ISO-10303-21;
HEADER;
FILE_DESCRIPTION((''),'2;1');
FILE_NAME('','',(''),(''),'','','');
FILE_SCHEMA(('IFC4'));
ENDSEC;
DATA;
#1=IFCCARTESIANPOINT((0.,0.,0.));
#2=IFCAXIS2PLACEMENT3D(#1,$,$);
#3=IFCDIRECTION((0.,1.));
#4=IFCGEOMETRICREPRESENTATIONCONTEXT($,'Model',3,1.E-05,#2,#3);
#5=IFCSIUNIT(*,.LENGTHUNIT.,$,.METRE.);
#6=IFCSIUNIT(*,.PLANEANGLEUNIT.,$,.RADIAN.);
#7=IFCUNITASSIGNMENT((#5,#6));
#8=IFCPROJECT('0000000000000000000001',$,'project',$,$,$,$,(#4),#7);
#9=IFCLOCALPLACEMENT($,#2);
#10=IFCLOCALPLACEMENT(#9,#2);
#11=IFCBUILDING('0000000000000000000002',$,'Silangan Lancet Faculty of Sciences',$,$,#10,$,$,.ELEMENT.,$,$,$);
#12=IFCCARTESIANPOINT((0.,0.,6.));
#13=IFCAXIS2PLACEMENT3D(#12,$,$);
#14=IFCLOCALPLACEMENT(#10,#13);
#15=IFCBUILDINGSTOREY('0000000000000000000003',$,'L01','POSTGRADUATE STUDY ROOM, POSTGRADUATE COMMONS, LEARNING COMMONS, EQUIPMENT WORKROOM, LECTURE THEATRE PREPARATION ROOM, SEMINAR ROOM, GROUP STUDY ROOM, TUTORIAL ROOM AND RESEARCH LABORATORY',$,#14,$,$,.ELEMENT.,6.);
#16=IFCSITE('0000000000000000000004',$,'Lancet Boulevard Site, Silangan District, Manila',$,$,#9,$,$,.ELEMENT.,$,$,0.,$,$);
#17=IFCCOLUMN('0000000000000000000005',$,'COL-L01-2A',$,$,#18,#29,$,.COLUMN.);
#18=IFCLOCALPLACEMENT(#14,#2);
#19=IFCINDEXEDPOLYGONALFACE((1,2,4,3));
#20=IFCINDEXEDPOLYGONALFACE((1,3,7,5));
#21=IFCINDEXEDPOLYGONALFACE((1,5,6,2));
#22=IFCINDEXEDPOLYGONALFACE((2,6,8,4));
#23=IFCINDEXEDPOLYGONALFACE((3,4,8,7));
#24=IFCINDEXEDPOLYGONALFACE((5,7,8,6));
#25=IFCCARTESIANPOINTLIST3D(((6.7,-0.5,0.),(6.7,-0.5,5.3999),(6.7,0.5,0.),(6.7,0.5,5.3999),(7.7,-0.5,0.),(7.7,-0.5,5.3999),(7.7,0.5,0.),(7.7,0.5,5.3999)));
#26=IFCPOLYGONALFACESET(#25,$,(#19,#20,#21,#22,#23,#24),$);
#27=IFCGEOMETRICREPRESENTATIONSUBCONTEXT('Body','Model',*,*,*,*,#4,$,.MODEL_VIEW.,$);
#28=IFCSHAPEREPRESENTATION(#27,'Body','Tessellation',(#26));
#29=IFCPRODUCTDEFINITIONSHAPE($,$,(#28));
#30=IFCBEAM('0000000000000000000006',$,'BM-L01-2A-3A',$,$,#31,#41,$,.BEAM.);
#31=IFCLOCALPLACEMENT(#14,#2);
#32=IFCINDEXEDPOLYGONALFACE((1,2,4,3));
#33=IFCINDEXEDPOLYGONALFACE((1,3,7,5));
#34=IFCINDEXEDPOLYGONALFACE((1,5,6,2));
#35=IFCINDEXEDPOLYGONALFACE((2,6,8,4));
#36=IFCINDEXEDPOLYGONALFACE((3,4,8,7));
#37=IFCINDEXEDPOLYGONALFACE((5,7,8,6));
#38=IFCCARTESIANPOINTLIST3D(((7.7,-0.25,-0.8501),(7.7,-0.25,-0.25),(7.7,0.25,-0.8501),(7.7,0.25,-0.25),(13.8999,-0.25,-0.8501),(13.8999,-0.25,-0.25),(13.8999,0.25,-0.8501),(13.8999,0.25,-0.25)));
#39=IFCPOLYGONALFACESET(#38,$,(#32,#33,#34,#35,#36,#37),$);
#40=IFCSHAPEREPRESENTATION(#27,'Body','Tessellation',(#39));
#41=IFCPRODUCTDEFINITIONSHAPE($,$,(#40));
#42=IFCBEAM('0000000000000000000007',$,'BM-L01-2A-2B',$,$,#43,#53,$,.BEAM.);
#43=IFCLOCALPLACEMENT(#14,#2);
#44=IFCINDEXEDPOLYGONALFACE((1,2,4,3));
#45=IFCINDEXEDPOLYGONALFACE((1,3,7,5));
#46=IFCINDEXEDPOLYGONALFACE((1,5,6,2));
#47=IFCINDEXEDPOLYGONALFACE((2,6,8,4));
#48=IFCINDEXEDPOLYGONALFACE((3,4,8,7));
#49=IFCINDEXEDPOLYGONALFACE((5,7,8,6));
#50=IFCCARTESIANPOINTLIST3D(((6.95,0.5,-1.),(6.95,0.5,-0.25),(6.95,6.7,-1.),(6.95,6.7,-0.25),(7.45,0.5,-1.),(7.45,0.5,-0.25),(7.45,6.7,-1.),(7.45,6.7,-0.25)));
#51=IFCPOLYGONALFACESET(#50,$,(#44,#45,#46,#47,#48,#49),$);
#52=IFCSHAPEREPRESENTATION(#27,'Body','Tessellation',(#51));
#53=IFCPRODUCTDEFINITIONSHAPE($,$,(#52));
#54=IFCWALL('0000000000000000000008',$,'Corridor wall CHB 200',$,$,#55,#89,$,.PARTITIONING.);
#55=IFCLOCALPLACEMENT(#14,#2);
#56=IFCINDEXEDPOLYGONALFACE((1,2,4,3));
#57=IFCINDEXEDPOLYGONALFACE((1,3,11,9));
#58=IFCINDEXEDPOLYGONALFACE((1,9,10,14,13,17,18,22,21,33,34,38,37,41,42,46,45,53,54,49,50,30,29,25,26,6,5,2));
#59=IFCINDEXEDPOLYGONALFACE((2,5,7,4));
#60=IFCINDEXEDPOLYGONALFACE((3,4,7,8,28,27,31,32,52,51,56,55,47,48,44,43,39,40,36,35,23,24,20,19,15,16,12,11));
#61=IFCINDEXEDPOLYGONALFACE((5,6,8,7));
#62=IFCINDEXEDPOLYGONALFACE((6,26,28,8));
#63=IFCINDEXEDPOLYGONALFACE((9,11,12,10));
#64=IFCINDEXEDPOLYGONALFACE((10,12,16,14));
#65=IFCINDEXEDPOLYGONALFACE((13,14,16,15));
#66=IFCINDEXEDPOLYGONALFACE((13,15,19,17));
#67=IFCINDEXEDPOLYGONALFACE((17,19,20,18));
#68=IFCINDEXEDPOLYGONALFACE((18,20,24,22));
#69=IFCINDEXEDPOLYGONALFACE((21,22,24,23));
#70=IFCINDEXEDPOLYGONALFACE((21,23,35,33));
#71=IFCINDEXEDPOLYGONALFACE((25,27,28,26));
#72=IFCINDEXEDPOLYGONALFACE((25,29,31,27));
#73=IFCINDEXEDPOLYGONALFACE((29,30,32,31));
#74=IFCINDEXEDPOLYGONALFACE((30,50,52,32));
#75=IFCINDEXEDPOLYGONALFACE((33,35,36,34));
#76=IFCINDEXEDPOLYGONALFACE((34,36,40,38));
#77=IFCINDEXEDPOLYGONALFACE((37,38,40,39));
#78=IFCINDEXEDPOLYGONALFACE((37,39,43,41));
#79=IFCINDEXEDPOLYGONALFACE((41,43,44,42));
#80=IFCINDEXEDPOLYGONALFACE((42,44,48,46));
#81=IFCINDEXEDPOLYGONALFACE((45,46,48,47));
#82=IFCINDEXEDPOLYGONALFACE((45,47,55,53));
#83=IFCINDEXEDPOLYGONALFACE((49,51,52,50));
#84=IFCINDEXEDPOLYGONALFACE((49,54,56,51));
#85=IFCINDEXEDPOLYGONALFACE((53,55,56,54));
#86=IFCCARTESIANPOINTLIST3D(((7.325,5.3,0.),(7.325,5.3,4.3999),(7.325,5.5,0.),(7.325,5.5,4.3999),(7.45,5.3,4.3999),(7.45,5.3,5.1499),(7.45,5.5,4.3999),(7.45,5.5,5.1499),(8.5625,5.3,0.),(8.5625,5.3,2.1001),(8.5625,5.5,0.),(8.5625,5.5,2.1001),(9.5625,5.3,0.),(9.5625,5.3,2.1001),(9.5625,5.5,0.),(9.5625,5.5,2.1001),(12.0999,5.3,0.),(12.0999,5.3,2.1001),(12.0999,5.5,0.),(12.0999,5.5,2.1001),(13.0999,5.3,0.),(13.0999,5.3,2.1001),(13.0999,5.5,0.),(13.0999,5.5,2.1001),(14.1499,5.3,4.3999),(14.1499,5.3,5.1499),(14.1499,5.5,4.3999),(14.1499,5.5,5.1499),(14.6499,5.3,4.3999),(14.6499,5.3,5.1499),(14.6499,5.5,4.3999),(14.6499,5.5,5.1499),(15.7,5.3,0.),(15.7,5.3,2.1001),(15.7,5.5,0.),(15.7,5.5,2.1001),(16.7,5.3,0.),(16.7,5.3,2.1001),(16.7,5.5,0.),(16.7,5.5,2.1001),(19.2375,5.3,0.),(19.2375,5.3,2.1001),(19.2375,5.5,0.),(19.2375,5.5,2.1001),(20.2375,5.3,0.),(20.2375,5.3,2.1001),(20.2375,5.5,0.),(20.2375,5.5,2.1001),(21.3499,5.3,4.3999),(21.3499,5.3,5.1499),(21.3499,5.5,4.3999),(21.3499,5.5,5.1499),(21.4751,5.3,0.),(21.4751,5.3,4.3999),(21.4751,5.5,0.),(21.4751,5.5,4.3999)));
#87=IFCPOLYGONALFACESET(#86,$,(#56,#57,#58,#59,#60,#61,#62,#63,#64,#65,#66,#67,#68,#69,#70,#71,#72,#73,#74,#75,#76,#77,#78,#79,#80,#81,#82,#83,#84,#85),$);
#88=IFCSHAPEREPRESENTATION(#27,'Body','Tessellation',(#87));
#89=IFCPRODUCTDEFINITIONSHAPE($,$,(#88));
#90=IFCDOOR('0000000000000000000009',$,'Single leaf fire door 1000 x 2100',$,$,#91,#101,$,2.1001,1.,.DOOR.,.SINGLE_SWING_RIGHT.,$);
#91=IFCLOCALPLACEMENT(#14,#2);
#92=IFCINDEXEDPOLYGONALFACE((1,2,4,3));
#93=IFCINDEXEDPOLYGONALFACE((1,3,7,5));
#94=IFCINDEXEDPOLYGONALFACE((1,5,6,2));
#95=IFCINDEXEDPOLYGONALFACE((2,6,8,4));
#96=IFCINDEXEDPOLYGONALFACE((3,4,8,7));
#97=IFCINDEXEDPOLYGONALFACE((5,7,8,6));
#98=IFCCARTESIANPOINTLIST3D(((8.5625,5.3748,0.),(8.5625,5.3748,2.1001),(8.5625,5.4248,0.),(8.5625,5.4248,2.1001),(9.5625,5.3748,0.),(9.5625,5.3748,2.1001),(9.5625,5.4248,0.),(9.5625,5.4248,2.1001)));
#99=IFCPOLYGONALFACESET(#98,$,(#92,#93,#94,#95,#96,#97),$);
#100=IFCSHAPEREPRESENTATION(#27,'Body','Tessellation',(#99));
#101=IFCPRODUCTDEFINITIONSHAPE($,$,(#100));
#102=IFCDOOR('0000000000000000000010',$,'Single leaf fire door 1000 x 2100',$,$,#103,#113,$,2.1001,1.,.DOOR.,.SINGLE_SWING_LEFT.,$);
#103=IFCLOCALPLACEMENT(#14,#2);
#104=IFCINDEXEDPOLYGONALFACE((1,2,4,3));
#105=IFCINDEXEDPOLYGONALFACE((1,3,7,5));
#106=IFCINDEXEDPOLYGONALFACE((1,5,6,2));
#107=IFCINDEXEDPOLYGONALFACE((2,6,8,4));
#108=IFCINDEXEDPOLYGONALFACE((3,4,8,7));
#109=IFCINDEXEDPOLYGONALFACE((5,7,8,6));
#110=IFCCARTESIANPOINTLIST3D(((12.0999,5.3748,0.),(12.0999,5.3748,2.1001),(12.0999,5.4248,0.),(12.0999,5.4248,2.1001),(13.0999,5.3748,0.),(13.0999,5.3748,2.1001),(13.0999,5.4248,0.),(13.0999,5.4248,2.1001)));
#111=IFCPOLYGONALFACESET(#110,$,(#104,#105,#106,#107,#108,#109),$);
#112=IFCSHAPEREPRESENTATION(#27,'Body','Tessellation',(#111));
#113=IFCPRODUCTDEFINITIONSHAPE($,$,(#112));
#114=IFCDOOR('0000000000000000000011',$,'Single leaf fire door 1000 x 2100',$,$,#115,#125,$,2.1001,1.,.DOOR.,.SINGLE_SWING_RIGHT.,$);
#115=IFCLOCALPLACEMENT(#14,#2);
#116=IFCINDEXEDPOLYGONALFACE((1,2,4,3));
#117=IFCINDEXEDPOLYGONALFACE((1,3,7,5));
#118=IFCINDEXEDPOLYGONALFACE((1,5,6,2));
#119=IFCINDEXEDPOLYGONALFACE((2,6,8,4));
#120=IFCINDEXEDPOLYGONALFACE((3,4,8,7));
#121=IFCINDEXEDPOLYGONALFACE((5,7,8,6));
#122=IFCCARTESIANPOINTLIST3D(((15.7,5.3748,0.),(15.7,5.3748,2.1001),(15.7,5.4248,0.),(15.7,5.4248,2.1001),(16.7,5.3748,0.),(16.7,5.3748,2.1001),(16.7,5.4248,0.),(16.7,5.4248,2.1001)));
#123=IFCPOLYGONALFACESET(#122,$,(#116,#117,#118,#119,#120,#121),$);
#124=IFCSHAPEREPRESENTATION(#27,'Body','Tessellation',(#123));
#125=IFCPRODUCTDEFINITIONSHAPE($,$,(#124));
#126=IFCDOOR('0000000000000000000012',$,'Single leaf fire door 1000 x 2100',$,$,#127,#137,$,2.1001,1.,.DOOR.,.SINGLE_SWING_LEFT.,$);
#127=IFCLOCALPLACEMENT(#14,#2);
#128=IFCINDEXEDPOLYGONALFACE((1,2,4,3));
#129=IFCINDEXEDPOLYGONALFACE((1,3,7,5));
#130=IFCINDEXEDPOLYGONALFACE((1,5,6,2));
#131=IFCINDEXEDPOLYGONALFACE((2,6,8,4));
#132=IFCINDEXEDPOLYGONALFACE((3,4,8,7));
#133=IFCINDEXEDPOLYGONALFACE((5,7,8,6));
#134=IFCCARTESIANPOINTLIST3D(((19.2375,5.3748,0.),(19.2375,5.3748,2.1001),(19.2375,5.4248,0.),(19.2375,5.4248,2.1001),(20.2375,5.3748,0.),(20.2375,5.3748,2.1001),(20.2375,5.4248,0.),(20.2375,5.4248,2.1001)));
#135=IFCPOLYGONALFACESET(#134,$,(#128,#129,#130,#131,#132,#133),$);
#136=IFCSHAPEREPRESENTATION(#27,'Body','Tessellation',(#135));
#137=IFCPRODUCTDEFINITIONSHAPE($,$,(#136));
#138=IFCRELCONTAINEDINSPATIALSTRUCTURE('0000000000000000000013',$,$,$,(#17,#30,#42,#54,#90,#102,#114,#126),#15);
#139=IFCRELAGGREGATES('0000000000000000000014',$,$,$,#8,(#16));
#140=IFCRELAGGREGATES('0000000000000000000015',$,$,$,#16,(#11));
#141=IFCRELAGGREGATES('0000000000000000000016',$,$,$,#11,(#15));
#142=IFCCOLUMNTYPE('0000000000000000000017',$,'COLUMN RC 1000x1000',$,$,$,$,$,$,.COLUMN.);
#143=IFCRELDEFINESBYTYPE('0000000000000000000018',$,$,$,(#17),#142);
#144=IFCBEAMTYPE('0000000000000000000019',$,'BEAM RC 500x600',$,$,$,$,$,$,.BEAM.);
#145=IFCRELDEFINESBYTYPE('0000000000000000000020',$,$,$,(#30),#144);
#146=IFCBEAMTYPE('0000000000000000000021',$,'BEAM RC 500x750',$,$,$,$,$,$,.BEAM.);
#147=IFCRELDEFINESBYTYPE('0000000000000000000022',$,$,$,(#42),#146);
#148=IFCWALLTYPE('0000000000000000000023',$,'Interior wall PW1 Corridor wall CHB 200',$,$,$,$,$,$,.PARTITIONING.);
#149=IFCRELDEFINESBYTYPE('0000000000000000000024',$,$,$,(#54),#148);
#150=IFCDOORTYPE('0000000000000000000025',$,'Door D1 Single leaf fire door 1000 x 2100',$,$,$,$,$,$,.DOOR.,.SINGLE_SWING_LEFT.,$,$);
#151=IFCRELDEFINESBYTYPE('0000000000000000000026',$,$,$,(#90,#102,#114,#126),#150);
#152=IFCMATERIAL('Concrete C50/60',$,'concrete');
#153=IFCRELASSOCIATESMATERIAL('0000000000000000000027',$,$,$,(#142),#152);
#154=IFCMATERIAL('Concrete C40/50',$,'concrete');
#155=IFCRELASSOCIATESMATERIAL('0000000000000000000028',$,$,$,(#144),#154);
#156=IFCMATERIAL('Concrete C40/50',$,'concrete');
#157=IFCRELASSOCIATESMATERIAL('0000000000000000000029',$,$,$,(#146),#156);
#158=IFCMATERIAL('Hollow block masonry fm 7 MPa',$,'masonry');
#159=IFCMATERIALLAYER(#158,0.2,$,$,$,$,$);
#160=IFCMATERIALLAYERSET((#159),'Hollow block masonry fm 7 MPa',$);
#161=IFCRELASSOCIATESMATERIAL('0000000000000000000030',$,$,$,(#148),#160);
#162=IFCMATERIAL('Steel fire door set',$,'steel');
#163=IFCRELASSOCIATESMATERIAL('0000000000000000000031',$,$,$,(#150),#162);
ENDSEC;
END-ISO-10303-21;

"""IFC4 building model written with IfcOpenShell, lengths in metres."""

from ifc_helpers import new_model, si_unit, direction, frame, frame_2d, origin, origin_2d, place, context, subcontext, project, spatial, polyline, rectangle, outline, extrude, material, layer, layer_set, material_profile, profile_set, type_object, element, fill, save


model = new_model("IFC4")

# Units and contexts
model_context = context("Model", 3, precision=1e-05, world=origin(), true_north=direction((0.0, 1.0)))
body_context = subcontext(model_context, "Body", "Model", "MODEL_VIEW")
ifc_project = project(units=[si_unit("LENGTHUNIT", "METRE"), si_unit("PLANEANGLEUNIT", "RADIAN")], contexts=[model_context])

# Site, building, storey
site_placement = place(None, origin())
site = spatial("IfcSite", under=ifc_project, at=site_placement, Name="Lancet Boulevard Site, Silangan District, Manila", CompositionType="ELEMENT", RefElevation=0.0)
building_placement = place(site_placement, origin())
building = spatial("IfcBuilding", under=site, at=building_placement, Name="Silangan Lancet Faculty of Sciences", CompositionType="ELEMENT")
storey_placement = place(building_placement, frame((0.0, 0.0, 6.0)))
storey = spatial("IfcBuildingStorey", under=building, at=storey_placement, Name="L01", Description="POSTGRADUATE STUDY ROOM, POSTGRADUATE COMMONS, LEARNING COMMONS, EQUIPMENT WORKROOM, LECTURE THEATRE PREPARATION ROOM, SEMINAR ROOM, GROUP STUDY ROOM, TUTORIAL ROOM AND RESEARCH LABORATORY", CompositionType="ELEMENT", Elevation=6.0)

# Column
ifc_material_1 = material(Name="Concrete C50/60", Category="concrete")
ifc_material_profile_1 = material_profile(ifc_material_1, rectangle(XDim=1.0, YDim=1.0, at=origin_2d()), Name="RC 1000x1000")
ifc_profile_set_1 = profile_set([ifc_material_profile_1], Name="Concrete C50/60")
column_type = type_object("IfcColumnType", Name="COLUMN RC 1000x1000", PredefinedType="COLUMN", material=ifc_profile_set_1)
column_placement = place(storey_placement, frame((7.2, 0.0, 0.0), z_axis=(0.0, 0.0, 1.0), x_axis=(1.0, 0.0, 0.0)))
element("IfcColumn", 1, at=column_placement, inside=storey, type_object=column_type, Name="COL-L01-2A", PredefinedType="COLUMN", context=body_context, shape_type="SweptSolid", body=[
    extrude(rectangle(XDim=1.0, YDim=1.0, at=origin_2d()), origin(), (0.0, 0.0, 1.0), 5.3999),
])

# Beams
ifc_material_2 = material(Name="Concrete C40/50", Category="concrete")
ifc_material_profile_2 = material_profile(ifc_material_2, rectangle(XDim=0.5, YDim=0.6001, at=origin_2d()), Name="RC 500x600")
ifc_profile_set_2 = profile_set([ifc_material_profile_2], Name="Concrete C40/50")
beam_type_1 = type_object("IfcBeamType", Name="BEAM RC 500x600", PredefinedType="BEAM", material=ifc_profile_set_2)
beam_1_placement = place(storey_placement, frame((7.7, 0.0, -0.55), z_axis=(1.0, 0.0, 0.0), x_axis=(0.0, 1.0, 0.0)))
element("IfcBeam", 2, at=beam_1_placement, inside=storey, type_object=beam_type_1, Name="BM-L01-2A-3A", PredefinedType="BEAM", context=body_context, shape_type="SweptSolid", body=[
    extrude(rectangle(XDim=0.5, YDim=0.6001, at=origin_2d()), origin(), (0.0, 0.0, 1.0), 6.2),
])
ifc_material_3 = material(Name="Concrete C40/50", Category="concrete")
ifc_material_profile_3 = material_profile(ifc_material_3, rectangle(XDim=0.5, YDim=0.75, at=origin_2d()), Name="RC 500x750")
ifc_profile_set_3 = profile_set([ifc_material_profile_3], Name="Concrete C40/50")
beam_type_2 = type_object("IfcBeamType", Name="BEAM RC 500x750", PredefinedType="BEAM", material=ifc_profile_set_3)
beam_2_placement = place(storey_placement, frame((7.2, 0.5, -0.625), z_axis=(0.0, 1.0, 0.0), x_axis=(-1.0, 0.0, 0.0)))
element("IfcBeam", 3, at=beam_2_placement, inside=storey, type_object=beam_type_2, Name="BM-L01-2A-2B", PredefinedType="BEAM", context=body_context, shape_type="SweptSolid", body=[
    extrude(rectangle(XDim=0.5, YDim=0.75, at=origin_2d()), origin(), (0.0, 0.0, 1.0), 6.2),
])

# Wall, openings, doors
ifc_material_4 = material(Name="Hollow block masonry fm 7 MPa", Category="masonry")
ifc_layer_1 = layer(ifc_material_4, 0.2)
ifc_layer_set_1 = layer_set([ifc_layer_1], Name="Hollow block masonry fm 7 MPa")
wall_type_1 = type_object("IfcWallType", Name="Interior wall PW1 Corridor wall CHB 200", PredefinedType="PARTITIONING", material=ifc_layer_set_1)
wall_1_placement = place(storey_placement, frame((7.325, 5.3999, 0.0), z_axis=(0.0, 0.0, 1.0), x_axis=(1.0, 0.0, 0.0)))
wall_1 = element("IfcWall", 4, at=wall_1_placement, inside=storey, type_object=wall_type_1, Name="Corridor wall CHB 200", PredefinedType="PARTITIONING", context=body_context, shape_type="SweptSolid", body=[
    extrude(outline(polyline([(0.0, 0.0), (14.1501, 0.0), (14.1501, 4.3999), (14.0249, 4.3999), (14.0249, 5.1499), (7.325, 5.1499), (7.325, 4.3999), (6.825, 4.3999), (6.825, 5.1499), (0.125, 5.1499), (0.125, 4.3999), (0.0, 4.3999), (0.0, 0.0)])), frame((0.0, 0.1001, 0.0), z_axis=(0.0, -1.0, 0.0), x_axis=(1.0, 0.0, 0.0)), (0.0, 0.0, 1.0), 0.2),
])
opening_1_placement = place(wall_1_placement, frame((1.2375, 0.0, 0.0)))
opening_1 = element("IfcOpeningElement", 5, at=opening_1_placement, cuts=wall_1, PredefinedType="OPENING", context=body_context, shape_type="SweptSolid", body=[
    extrude(rectangle(XDim=1.0, YDim=2.1001, at=frame_2d((0.5, 1.05))), frame((0.0, 0.1099, 0.0), z_axis=(0.0, -1.0, 0.0), x_axis=(1.0, 0.0, 0.0)), (0.0, 0.0, 1.0), 0.22),
])
opening_2_placement = place(wall_1_placement, frame((4.7749, 0.0, 0.0)))
opening_2 = element("IfcOpeningElement", 6, at=opening_2_placement, cuts=wall_1, PredefinedType="OPENING", context=body_context, shape_type="SweptSolid", body=[
    extrude(rectangle(XDim=1.0, YDim=2.1001, at=frame_2d((0.5, 1.05))), frame((0.0, 0.1099, 0.0), z_axis=(0.0, -1.0, 0.0), x_axis=(1.0, 0.0, 0.0)), (0.0, 0.0, 1.0), 0.22),
])
opening_3_placement = place(wall_1_placement, frame((8.375, 0.0, 0.0)))
opening_3 = element("IfcOpeningElement", 7, at=opening_3_placement, cuts=wall_1, PredefinedType="OPENING", context=body_context, shape_type="SweptSolid", body=[
    extrude(rectangle(XDim=1.0, YDim=2.1001, at=frame_2d((0.5, 1.05))), frame((0.0, 0.1099, 0.0), z_axis=(0.0, -1.0, 0.0), x_axis=(1.0, 0.0, 0.0)), (0.0, 0.0, 1.0), 0.22),
])
opening_4_placement = place(wall_1_placement, frame((11.9126, 0.0, 0.0)))
opening_4 = element("IfcOpeningElement", 8, at=opening_4_placement, cuts=wall_1, PredefinedType="OPENING", context=body_context, shape_type="SweptSolid", body=[
    extrude(rectangle(XDim=1.0, YDim=2.1001, at=frame_2d((0.5, 1.05))), frame((0.0, 0.1099, 0.0), z_axis=(0.0, -1.0, 0.0), x_axis=(1.0, 0.0, 0.0)), (0.0, 0.0, 1.0), 0.22),
])
ifc_material_5 = material(Name="Steel fire door set", Category="steel")
door_type_1 = type_object("IfcDoorType", Name="Door D1 Single leaf fire door 1000 x 2100", OperationType="SINGLE_SWING_LEFT", PredefinedType="DOOR", material=ifc_material_5)
door_1_placement = place(opening_1_placement, frame((1.0, 0.0, 0.0), z_axis=(0.0, 0.0, 1.0), x_axis=(-1.0, 0.0, 0.0)))
door_1 = element("IfcDoor", 9, at=door_1_placement, inside=storey, type_object=door_type_1, Name="Single leaf fire door 1000 x 2100", OperationType="SINGLE_SWING_RIGHT", OverallHeight=2.1001, OverallWidth=1.0, PredefinedType="DOOR", context=body_context, shape_type="SweptSolid", body=[
    extrude(rectangle(XDim=1.0, YDim=2.1001, at=frame_2d((0.5, 1.05))), frame((0.0, 0.0251, 0.0), z_axis=(0.0, -1.0, 0.0), x_axis=(1.0, 0.0, 0.0)), (0.0, 0.0, 1.0), 0.05),
])
fill(opening_1, door_1)
door_2_placement = place(opening_2_placement, frame((1.0, 0.0, 0.0), z_axis=(0.0, 0.0, 1.0), x_axis=(-1.0, 0.0, 0.0)))
door_2 = element("IfcDoor", 10, at=door_2_placement, inside=storey, type_object=door_type_1, Name="Single leaf fire door 1000 x 2100", OperationType="SINGLE_SWING_LEFT", OverallHeight=2.1001, OverallWidth=1.0, PredefinedType="DOOR", context=body_context, shape_type="SweptSolid", body=[
    extrude(rectangle(XDim=1.0, YDim=2.1001, at=frame_2d((0.5, 1.05))), frame((0.0, 0.0251, 0.0), z_axis=(0.0, -1.0, 0.0), x_axis=(1.0, 0.0, 0.0)), (0.0, 0.0, 1.0), 0.05),
])
fill(opening_2, door_2)
door_3_placement = place(opening_3_placement, frame((1.0, 0.0, 0.0), z_axis=(0.0, 0.0, 1.0), x_axis=(-1.0, 0.0, 0.0)))
door_3 = element("IfcDoor", 11, at=door_3_placement, inside=storey, type_object=door_type_1, Name="Single leaf fire door 1000 x 2100", OperationType="SINGLE_SWING_RIGHT", OverallHeight=2.1001, OverallWidth=1.0, PredefinedType="DOOR", context=body_context, shape_type="SweptSolid", body=[
    extrude(rectangle(XDim=1.0, YDim=2.1001, at=frame_2d((0.5, 1.05))), frame((0.0, 0.0251, 0.0), z_axis=(0.0, -1.0, 0.0), x_axis=(1.0, 0.0, 0.0)), (0.0, 0.0, 1.0), 0.05),
])
fill(opening_3, door_3)
door_4_placement = place(opening_4_placement, frame((1.0, 0.0, 0.0), z_axis=(0.0, 0.0, 1.0), x_axis=(-1.0, 0.0, 0.0)))
door_4 = element("IfcDoor", 12, at=door_4_placement, inside=storey, type_object=door_type_1, Name="Single leaf fire door 1000 x 2100", OperationType="SINGLE_SWING_LEFT", OverallHeight=2.1001, OverallWidth=1.0, PredefinedType="DOOR", context=body_context, shape_type="SweptSolid", body=[
    extrude(rectangle(XDim=1.0, YDim=2.1001, at=frame_2d((0.5, 1.05))), frame((0.0, 0.0251, 0.0), z_axis=(0.0, -1.0, 0.0), x_axis=(1.0, 0.0, 0.0)), (0.0, 0.0, 1.0), 0.05),
])
fill(opening_4, door_4)

save(model, "model.ifc")
